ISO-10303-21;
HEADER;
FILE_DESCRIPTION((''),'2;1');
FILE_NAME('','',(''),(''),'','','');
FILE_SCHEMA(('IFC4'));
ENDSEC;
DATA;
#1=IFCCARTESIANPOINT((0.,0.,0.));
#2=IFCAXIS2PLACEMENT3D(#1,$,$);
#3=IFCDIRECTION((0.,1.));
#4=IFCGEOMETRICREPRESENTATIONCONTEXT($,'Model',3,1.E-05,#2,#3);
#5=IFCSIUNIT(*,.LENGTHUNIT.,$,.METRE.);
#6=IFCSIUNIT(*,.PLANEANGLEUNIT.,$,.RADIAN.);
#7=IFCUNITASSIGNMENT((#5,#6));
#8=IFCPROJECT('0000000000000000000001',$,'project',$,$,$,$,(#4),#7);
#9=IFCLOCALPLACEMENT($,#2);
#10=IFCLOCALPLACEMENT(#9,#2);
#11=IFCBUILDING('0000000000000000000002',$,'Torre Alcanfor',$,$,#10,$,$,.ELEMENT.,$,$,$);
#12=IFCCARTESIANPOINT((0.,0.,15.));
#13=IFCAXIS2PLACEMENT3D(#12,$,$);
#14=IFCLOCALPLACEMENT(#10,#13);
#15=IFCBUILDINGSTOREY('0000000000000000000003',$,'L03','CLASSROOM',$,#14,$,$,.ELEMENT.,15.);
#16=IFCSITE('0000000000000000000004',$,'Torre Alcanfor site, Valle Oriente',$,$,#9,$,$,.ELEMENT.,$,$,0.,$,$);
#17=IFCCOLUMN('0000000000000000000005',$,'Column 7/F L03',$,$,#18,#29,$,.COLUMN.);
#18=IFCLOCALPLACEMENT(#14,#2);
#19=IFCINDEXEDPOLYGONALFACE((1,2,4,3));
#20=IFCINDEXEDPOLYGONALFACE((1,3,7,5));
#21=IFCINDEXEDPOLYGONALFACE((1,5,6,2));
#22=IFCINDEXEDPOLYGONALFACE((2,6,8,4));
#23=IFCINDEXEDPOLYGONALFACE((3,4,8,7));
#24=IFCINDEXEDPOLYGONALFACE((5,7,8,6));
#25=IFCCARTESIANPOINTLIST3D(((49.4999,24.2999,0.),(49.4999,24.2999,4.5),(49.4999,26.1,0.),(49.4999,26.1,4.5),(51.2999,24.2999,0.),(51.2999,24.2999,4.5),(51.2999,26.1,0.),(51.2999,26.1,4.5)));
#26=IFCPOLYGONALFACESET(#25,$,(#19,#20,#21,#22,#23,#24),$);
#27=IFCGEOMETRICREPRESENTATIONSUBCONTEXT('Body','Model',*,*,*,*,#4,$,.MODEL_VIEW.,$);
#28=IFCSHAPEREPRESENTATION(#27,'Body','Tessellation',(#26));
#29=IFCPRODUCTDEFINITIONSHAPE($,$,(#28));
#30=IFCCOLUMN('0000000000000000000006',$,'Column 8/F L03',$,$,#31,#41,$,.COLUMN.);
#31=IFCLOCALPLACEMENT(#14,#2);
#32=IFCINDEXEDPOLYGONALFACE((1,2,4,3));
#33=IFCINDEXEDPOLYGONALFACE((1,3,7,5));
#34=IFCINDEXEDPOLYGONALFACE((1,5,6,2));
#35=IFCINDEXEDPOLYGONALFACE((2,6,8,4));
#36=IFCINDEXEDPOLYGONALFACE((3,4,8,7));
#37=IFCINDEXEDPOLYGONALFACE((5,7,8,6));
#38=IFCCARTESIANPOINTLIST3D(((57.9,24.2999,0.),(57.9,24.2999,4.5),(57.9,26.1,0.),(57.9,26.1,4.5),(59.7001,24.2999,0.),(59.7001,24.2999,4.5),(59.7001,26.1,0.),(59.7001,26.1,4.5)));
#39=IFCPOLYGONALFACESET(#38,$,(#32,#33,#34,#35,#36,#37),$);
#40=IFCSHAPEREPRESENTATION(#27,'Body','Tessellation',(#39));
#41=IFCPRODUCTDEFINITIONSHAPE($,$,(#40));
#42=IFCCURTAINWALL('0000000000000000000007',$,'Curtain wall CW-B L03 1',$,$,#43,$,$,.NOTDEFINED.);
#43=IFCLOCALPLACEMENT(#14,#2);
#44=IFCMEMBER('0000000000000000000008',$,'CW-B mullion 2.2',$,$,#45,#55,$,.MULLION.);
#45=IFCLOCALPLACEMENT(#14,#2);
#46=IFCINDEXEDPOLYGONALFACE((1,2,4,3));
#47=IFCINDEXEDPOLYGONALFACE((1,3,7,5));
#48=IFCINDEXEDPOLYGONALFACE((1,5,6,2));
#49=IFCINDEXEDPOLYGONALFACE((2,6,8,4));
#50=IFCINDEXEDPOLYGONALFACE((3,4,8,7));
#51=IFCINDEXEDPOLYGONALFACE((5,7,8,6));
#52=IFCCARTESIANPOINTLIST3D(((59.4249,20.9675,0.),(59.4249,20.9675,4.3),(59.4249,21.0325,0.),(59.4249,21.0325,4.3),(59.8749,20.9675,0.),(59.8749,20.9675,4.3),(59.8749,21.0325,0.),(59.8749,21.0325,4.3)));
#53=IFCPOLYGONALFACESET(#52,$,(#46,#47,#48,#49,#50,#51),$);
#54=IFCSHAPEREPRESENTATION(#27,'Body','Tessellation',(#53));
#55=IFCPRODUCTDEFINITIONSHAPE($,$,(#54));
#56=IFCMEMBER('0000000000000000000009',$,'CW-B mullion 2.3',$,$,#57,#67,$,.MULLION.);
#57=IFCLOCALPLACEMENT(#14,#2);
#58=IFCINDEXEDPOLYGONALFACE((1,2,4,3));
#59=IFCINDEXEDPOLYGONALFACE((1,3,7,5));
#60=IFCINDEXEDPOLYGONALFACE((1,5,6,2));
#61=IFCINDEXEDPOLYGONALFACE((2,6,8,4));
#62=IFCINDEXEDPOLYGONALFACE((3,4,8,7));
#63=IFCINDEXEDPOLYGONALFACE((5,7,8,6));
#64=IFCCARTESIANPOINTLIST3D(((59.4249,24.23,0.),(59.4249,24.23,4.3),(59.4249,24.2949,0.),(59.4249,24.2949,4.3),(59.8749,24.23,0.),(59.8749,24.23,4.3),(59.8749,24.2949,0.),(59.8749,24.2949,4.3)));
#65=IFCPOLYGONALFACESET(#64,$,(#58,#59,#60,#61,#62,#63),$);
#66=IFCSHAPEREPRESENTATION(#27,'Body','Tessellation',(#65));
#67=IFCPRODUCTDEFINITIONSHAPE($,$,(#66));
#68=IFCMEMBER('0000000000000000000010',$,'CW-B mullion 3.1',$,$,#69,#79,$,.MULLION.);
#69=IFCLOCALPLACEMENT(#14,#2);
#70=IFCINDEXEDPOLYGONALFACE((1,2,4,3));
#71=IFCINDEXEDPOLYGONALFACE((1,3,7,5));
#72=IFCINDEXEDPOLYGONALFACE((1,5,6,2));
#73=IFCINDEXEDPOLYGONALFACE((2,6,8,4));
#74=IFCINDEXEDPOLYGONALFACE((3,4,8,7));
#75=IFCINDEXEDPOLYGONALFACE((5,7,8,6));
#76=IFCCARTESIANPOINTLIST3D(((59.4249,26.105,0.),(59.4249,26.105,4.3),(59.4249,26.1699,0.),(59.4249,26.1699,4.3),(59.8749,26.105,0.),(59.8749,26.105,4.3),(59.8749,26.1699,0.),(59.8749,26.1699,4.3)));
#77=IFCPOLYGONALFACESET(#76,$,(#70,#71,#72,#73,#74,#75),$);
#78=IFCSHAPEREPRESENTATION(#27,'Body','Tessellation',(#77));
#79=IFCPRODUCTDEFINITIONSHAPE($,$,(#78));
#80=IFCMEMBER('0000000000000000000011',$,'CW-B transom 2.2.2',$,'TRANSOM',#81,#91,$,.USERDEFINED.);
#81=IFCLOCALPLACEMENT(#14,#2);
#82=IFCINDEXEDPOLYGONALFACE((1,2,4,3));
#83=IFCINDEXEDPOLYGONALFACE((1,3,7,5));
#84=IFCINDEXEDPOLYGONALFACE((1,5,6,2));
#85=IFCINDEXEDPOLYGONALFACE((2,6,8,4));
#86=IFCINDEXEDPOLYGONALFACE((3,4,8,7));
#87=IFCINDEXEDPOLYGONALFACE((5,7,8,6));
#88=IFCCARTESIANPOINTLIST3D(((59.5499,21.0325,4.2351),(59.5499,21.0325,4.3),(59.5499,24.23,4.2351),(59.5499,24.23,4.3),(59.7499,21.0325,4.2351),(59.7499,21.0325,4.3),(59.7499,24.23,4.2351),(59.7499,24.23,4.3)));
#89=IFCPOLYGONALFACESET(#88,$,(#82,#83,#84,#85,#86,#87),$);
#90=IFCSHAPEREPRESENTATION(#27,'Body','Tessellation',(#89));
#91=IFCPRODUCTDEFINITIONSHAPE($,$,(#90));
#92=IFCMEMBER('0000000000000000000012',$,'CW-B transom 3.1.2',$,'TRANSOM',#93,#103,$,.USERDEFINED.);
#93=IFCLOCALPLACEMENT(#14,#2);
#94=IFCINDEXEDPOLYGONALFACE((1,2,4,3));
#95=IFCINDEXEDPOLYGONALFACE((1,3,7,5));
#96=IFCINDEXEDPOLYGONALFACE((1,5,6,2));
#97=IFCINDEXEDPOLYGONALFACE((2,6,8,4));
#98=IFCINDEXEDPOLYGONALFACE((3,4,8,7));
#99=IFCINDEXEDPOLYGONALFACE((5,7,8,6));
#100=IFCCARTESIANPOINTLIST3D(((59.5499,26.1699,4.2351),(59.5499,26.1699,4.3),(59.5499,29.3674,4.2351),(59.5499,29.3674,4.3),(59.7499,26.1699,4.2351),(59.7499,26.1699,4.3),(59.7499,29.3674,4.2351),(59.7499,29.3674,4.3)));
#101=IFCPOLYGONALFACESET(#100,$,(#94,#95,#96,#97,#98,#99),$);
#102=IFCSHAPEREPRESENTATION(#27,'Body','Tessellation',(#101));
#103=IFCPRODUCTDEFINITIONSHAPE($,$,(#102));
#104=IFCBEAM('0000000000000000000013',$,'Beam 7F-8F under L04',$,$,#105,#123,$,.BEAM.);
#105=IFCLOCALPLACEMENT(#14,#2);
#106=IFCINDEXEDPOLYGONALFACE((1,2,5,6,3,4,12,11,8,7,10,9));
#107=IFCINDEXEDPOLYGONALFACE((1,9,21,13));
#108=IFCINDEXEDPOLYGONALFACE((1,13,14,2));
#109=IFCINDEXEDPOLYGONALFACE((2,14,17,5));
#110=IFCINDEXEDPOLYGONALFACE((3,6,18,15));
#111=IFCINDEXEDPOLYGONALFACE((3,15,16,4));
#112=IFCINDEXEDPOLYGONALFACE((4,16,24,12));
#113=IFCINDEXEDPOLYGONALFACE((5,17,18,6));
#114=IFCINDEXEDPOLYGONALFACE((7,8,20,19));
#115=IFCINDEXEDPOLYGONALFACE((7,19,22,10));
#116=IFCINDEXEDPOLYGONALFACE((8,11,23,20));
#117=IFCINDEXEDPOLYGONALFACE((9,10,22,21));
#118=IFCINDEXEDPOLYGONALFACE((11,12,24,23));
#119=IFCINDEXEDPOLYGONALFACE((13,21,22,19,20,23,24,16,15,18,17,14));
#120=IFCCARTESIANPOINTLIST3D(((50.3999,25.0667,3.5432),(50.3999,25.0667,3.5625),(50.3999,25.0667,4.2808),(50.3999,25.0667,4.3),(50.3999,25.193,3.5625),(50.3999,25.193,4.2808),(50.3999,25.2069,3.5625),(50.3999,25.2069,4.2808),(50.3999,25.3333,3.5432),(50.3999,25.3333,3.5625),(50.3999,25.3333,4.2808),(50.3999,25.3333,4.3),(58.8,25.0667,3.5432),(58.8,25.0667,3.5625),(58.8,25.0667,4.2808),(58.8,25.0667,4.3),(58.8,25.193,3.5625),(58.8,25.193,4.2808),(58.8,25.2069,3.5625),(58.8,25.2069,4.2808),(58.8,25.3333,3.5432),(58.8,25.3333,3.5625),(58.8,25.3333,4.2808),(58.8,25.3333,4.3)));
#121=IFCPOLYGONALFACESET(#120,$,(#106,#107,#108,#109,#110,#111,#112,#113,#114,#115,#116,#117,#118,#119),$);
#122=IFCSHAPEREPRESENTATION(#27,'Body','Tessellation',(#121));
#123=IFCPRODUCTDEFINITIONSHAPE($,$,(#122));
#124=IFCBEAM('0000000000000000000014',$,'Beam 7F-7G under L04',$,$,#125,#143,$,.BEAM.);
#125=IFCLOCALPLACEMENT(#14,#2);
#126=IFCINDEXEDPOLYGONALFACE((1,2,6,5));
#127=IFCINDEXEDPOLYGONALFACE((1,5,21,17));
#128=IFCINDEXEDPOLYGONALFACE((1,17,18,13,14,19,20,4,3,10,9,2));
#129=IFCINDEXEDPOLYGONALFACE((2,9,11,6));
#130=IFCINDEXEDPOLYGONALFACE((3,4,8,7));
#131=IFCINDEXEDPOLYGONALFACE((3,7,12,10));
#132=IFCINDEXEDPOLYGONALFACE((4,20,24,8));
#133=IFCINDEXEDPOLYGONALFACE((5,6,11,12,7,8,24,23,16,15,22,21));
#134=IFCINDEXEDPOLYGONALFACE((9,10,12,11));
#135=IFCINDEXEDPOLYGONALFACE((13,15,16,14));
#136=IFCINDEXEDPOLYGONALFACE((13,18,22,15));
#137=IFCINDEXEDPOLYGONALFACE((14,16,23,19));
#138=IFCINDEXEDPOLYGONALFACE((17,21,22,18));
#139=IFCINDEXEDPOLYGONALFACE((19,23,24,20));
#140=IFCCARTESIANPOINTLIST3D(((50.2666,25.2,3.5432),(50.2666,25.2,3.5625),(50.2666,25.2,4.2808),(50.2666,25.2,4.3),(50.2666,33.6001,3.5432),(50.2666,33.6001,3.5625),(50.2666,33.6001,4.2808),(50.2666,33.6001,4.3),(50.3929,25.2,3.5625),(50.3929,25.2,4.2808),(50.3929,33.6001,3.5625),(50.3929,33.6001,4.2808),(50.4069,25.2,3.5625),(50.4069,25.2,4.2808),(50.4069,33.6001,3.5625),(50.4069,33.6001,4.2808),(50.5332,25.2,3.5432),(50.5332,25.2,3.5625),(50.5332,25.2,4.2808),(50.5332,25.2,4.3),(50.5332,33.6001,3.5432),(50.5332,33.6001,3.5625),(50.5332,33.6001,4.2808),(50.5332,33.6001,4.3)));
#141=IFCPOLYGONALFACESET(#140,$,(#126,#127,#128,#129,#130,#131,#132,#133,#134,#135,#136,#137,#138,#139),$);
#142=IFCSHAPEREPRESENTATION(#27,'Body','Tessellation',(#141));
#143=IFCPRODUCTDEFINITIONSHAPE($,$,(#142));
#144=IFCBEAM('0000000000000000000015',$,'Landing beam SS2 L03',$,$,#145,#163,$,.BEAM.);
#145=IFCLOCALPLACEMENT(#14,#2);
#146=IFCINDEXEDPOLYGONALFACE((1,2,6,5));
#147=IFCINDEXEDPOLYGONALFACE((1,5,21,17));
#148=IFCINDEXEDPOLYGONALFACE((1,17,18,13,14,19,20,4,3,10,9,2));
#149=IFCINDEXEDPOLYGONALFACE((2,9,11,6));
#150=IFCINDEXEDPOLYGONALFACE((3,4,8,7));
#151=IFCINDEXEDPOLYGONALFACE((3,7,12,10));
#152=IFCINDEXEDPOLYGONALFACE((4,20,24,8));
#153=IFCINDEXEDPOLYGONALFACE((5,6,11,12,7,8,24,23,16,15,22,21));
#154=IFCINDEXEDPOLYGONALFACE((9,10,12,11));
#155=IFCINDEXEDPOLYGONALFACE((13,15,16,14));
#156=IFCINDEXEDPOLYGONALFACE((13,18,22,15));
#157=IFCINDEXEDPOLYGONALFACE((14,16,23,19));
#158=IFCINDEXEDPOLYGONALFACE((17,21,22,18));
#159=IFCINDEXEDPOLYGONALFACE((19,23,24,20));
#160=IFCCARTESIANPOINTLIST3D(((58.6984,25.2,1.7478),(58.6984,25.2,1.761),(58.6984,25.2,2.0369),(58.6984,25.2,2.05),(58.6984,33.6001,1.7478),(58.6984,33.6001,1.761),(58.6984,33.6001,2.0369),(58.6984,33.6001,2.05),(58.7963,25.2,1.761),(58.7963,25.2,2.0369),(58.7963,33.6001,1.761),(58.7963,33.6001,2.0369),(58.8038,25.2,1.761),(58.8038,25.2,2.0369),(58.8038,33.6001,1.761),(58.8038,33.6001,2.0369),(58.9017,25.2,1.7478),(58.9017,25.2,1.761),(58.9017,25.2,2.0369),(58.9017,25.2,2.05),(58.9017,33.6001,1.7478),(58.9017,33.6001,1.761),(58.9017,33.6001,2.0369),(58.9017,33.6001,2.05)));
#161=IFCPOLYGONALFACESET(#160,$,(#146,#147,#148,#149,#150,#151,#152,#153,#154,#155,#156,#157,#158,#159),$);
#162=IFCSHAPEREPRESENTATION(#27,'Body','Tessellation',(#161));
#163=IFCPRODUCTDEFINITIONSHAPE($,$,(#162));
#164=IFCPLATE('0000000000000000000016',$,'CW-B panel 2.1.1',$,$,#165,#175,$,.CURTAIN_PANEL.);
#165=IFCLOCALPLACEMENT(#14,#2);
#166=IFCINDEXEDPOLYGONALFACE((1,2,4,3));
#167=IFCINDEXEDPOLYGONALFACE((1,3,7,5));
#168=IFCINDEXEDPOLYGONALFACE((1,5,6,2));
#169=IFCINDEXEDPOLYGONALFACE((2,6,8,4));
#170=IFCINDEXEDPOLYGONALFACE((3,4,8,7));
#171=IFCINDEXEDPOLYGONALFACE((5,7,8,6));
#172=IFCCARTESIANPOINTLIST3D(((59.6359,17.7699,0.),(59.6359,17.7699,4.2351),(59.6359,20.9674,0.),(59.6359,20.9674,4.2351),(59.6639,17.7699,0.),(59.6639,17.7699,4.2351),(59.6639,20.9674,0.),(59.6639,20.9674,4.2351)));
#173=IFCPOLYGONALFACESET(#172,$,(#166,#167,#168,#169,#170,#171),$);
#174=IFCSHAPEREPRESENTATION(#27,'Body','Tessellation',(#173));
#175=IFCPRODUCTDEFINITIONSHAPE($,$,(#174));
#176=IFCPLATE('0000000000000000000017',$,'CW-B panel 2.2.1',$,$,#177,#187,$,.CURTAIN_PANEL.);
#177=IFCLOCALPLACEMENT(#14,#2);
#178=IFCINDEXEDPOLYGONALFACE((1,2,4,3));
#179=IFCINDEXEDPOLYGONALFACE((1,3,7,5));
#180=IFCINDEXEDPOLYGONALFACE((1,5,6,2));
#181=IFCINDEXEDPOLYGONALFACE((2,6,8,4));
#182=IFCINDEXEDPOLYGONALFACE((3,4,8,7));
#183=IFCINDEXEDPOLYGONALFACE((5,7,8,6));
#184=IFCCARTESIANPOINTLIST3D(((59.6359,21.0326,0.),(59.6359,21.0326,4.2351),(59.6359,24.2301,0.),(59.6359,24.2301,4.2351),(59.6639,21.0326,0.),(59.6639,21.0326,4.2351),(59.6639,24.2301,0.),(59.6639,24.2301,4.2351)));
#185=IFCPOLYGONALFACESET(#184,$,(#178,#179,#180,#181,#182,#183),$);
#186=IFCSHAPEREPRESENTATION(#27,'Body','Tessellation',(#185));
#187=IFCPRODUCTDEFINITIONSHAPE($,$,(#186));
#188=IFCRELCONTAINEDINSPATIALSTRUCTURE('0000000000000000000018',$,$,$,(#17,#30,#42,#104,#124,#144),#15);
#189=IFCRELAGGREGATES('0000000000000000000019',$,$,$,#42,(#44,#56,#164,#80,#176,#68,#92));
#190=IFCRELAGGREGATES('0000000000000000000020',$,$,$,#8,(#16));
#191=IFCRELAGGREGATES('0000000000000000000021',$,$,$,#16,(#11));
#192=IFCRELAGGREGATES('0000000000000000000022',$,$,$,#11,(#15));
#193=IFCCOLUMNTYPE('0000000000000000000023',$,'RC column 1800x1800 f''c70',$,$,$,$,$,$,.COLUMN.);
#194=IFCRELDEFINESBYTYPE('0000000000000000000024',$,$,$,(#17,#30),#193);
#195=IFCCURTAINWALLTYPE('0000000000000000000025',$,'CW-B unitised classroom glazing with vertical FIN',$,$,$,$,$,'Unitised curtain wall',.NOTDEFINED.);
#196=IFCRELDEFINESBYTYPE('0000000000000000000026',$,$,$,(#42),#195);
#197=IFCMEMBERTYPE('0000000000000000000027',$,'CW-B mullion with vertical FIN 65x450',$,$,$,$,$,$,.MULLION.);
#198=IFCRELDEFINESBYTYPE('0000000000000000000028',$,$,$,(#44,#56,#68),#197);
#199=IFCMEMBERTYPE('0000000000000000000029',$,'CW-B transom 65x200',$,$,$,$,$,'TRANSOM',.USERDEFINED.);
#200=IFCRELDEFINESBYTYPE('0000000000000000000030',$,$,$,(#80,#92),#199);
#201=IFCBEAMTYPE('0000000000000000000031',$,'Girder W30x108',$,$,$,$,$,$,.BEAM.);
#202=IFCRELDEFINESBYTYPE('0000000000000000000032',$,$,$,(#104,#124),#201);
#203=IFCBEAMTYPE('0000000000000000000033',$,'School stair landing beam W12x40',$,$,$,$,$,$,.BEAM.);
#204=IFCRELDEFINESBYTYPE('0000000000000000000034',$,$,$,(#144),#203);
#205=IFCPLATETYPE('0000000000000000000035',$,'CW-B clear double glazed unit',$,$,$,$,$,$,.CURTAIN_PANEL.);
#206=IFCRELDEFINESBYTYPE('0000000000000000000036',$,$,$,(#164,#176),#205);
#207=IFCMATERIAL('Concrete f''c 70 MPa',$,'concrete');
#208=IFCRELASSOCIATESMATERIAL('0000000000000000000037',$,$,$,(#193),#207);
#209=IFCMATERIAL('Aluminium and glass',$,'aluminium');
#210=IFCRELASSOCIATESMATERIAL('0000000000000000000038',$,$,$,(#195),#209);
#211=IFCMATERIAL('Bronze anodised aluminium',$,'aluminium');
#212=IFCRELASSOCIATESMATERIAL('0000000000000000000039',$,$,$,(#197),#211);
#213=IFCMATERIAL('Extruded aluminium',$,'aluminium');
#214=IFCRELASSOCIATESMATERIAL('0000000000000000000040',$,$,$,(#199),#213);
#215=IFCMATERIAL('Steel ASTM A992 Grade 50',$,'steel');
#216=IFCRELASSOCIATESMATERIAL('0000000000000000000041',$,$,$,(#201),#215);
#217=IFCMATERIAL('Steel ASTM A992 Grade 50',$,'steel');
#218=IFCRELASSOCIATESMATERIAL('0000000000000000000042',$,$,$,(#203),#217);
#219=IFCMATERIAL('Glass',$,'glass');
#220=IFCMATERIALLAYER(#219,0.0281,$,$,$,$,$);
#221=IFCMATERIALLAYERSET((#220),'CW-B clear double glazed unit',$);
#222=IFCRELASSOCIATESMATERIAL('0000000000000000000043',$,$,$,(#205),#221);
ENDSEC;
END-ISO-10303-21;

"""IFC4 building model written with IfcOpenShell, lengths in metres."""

from ifc_helpers import new_model, si_unit, direction, frame, origin, origin_2d, place, context, subcontext, project, spatial, rectangle, i_section, extrude, material, layer, layer_set, material_profile, profile_set, type_object, element, aggregate, save


model = new_model("IFC4")

# Units and contexts
model_context = context("Model", 3, precision=1e-05, world=origin(), true_north=direction((0.0, 1.0)))
body_context = subcontext(model_context, "Body", "Model", "MODEL_VIEW")
ifc_project = project(units=[si_unit("LENGTHUNIT", "METRE"), si_unit("PLANEANGLEUNIT", "RADIAN")], contexts=[model_context])

# Site, building, storey
site_placement = place(None, origin())
site = spatial("IfcSite", under=ifc_project, at=site_placement, Name="Torre Alcanfor site, Valle Oriente", CompositionType="ELEMENT", RefElevation=0.0)
building_placement = place(site_placement, origin())
building = spatial("IfcBuilding", under=site, at=building_placement, Name="Torre Alcanfor", CompositionType="ELEMENT")
storey_placement = place(building_placement, frame((0.0, 0.0, 15.0)))
storey = spatial("IfcBuildingStorey", under=building, at=storey_placement, Name="L03", Description="CLASSROOM", CompositionType="ELEMENT", Elevation=15.0)

# Columns
ifc_material_1 = material(Name="Concrete f'c 70 MPa", Category="concrete")
ifc_material_profile_1 = material_profile(ifc_material_1, rectangle(XDim=1.8, YDim=1.8, at=origin_2d()), Name="1800x1800")
ifc_profile_set_1 = profile_set([ifc_material_profile_1], Name="Concrete f'c 70 MPa")
column_type = type_object("IfcColumnType", Name="RC column 1800x1800 f'c70", PredefinedType="COLUMN", material=ifc_profile_set_1)
for number, where, z_axis, x_axis, name in (
    (1, (50.3999, 25.2, 0.0), (0.0, 0.0, 1.0), (1.0, 0.0, 0.0), "Column 7/F L03"),
    (2, (58.8, 25.2, 0.0), (0.0, 0.0, 1.0), (1.0, 0.0, 0.0), "Column 8/F L03"),
):
    element("IfcColumn", number, at=place(storey_placement, frame(where, z_axis=z_axis, x_axis=x_axis)), inside=storey, type_object=column_type, Name=name, PredefinedType="COLUMN", context=body_context, shape_type="SweptSolid", body=[
        extrude(rectangle(XDim=1.8, YDim=1.8, at=origin_2d()), origin(), (0.0, 0.0, 1.0), 4.5),
    ])

# Curtain wall, members
ifc_material_2 = material(Name="Aluminium and glass", Category="aluminium")
curtain_wall_type = type_object("IfcCurtainWallType", Name="CW-B unitised classroom glazing with vertical FIN", ElementType="Unitised curtain wall", PredefinedType="NOTDEFINED", material=ifc_material_2)
curtain_wall_placement = place(storey_placement, origin())
curtain_wall = element("IfcCurtainWall", 3, at=curtain_wall_placement, inside=storey, type_object=curtain_wall_type, Name="Curtain wall CW-B L03 1", PredefinedType="NOTDEFINED")
ifc_material_3 = material(Name="Bronze anodised aluminium", Category="aluminium")
ifc_material_profile_2 = material_profile(ifc_material_3, rectangle(XDim=0.45, YDim=0.0649, at=origin_2d()), Name="CW-B mullion 65x450")
ifc_profile_set_2 = profile_set([ifc_material_profile_2], Name="Bronze anodised aluminium")
member_type_1 = type_object("IfcMemberType", Name="CW-B mullion with vertical FIN 65x450", PredefinedType="MULLION", material=ifc_profile_set_2)
member_1_placement = place(storey_placement, frame((59.6499, 21.0, 0.0), z_axis=(0.0, 0.0, 1.0), x_axis=(-1.0, 0.0, 0.0)))
member_1 = element("IfcMember", 4, at=member_1_placement, type_object=member_type_1, Name="CW-B mullion 2.2", PredefinedType="MULLION", context=body_context, shape_type="SweptSolid", body=[
    extrude(rectangle(XDim=0.45, YDim=0.0649, at=origin_2d()), origin(), (0.0, 0.0, 1.0), 4.3),
])
member_2_placement = place(storey_placement, frame((59.6499, 24.2625, 0.0), z_axis=(0.0, 0.0, 1.0), x_axis=(-1.0, 0.0, 0.0)))
member_2 = element("IfcMember", 5, at=member_2_placement, type_object=member_type_1, Name="CW-B mullion 2.3", PredefinedType="MULLION", context=body_context, shape_type="SweptSolid", body=[
    extrude(rectangle(XDim=0.45, YDim=0.0649, at=origin_2d()), origin(), (0.0, 0.0, 1.0), 4.3),
])
member_3_placement = place(storey_placement, frame((59.6499, 26.1375, 0.0), z_axis=(0.0, 0.0, 1.0), x_axis=(-1.0, 0.0, 0.0)))
member_3 = element("IfcMember", 6, at=member_3_placement, type_object=member_type_1, Name="CW-B mullion 3.1", PredefinedType="MULLION", context=body_context, shape_type="SweptSolid", body=[
    extrude(rectangle(XDim=0.45, YDim=0.0649, at=origin_2d()), origin(), (0.0, 0.0, 1.0), 4.3),
])
ifc_material_4 = material(Name="Extruded aluminium", Category="aluminium")
ifc_material_profile_3 = material_profile(ifc_material_4, rectangle(XDim=0.2, YDim=0.0649, at=origin_2d()), Name="CW-B transom 200x65")
ifc_profile_set_3 = profile_set([ifc_material_profile_3], Name="Extruded aluminium")
member_type_2 = type_object("IfcMemberType", Name="CW-B transom 65x200", ElementType="TRANSOM", PredefinedType="USERDEFINED", material=ifc_profile_set_3)
member_4_placement = place(storey_placement, frame((59.6499, 21.0325, 4.2676), z_axis=(0.0, 1.0, 0.0), x_axis=(-1.0, 0.0, 0.0)))
member_4 = element("IfcMember", 7, at=member_4_placement, type_object=member_type_2, Name="CW-B transom 2.2.2", ObjectType="TRANSOM", PredefinedType="USERDEFINED", context=body_context, shape_type="SweptSolid", body=[
    extrude(rectangle(XDim=0.2, YDim=0.0649, at=origin_2d()), origin(), (0.0, 0.0, 1.0), 3.1975),
])
member_5_placement = place(storey_placement, frame((59.6499, 26.1699, 4.2676), z_axis=(0.0, 1.0, 0.0), x_axis=(-1.0, 0.0, 0.0)))
member_5 = element("IfcMember", 8, at=member_5_placement, type_object=member_type_2, Name="CW-B transom 3.1.2", ObjectType="TRANSOM", PredefinedType="USERDEFINED", context=body_context, shape_type="SweptSolid", body=[
    extrude(rectangle(XDim=0.2, YDim=0.0649, at=origin_2d()), origin(), (0.0, 0.0, 1.0), 3.1975),
])

# Beams
ifc_material_5 = material(Name="Steel ASTM A992 Grade 50", Category="steel")
ifc_material_profile_4 = material_profile(ifc_material_5, i_section(OverallWidth=0.2666, OverallDepth=0.7568, WebThickness=0.0139, FlangeThickness=0.0193, at=origin_2d()), Name="W30x108")
ifc_profile_set_4 = profile_set([ifc_material_profile_4], Name="Steel ASTM A992 Grade 50")
beam_type_1 = type_object("IfcBeamType", Name="Girder W30x108", PredefinedType="BEAM", material=ifc_profile_set_4)
for number, where, z_axis, x_axis, name in (
    (9, (50.3999, 25.2, 3.9216), (1.0, 0.0, 0.0), (0.0, 1.0, 0.0), "Beam 7F-8F under L04"),
    (10, (50.3999, 25.2, 3.9216), (0.0, 1.0, 0.0), (-1.0, 0.0, 0.0), "Beam 7F-7G under L04"),
):
    element("IfcBeam", number, at=place(storey_placement, frame(where, z_axis=z_axis, x_axis=x_axis)), inside=storey, type_object=beam_type_1, Name=name, PredefinedType="BEAM", context=body_context, shape_type="SweptSolid", body=[
        extrude(i_section(OverallWidth=0.2666, OverallDepth=0.7568, WebThickness=0.0139, FlangeThickness=0.0193, at=origin_2d()), origin(), (0.0, 0.0, 1.0), 8.4001),
    ])
ifc_material_6 = material(Name="Steel ASTM A992 Grade 50", Category="steel")
ifc_material_profile_5 = material_profile(ifc_material_6, i_section(OverallWidth=0.2034, OverallDepth=0.3022, WebThickness=0.0076, FlangeThickness=0.0132, at=origin_2d()), Name="W12x40")
ifc_profile_set_5 = profile_set([ifc_material_profile_5], Name="Steel ASTM A992 Grade 50")
beam_type_2 = type_object("IfcBeamType", Name="School stair landing beam W12x40", PredefinedType="BEAM", material=ifc_profile_set_5)
beam_placement = place(storey_placement, frame((58.8, 25.2, 1.8989), z_axis=(0.0, 1.0, 0.0), x_axis=(-1.0, 0.0, 0.0)))
element("IfcBeam", 11, at=beam_placement, inside=storey, type_object=beam_type_2, Name="Landing beam SS2 L03", PredefinedType="BEAM", context=body_context, shape_type="SweptSolid", body=[
    extrude(i_section(OverallWidth=0.2034, OverallDepth=0.3022, WebThickness=0.0076, FlangeThickness=0.0132, at=origin_2d()), origin(), (0.0, 0.0, 1.0), 8.4001),
])

# Plates
ifc_material_7 = material(Name="Glass", Category="glass")
ifc_layer_1 = layer(ifc_material_7, 0.0281)
ifc_layer_set_1 = layer_set([ifc_layer_1], Name="CW-B clear double glazed unit")
plate_type = type_object("IfcPlateType", Name="CW-B clear double glazed unit", PredefinedType="CURTAIN_PANEL", material=ifc_layer_set_1)
plate_1_placement = place(storey_placement, frame((59.6499, 19.3687, 0.0), z_axis=(0.0, 0.0, 1.0), x_axis=(0.0, 1.0, 0.0)))
plate_1 = element("IfcPlate", 12, at=plate_1_placement, type_object=plate_type, Name="CW-B panel 2.1.1", PredefinedType="CURTAIN_PANEL", context=body_context, shape_type="SweptSolid", body=[
    extrude(rectangle(XDim=3.1975, YDim=0.0281, at=origin_2d()), origin(), (0.0, 0.0, 1.0), 4.2351),
])
plate_2_placement = place(storey_placement, frame((59.6499, 22.6313, 0.0), z_axis=(0.0, 0.0, 1.0), x_axis=(0.0, 1.0, 0.0)))
plate_2 = element("IfcPlate", 13, at=plate_2_placement, type_object=plate_type, Name="CW-B panel 2.2.1", PredefinedType="CURTAIN_PANEL", context=body_context, shape_type="SweptSolid", body=[
    extrude(rectangle(XDim=3.1975, YDim=0.0281, at=origin_2d()), origin(), (0.0, 0.0, 1.0), 4.2351),
])
aggregate(curtain_wall, [member_1, member_2, plate_1, member_4, plate_2, member_3, member_5])

save(model, "model.ifc")
